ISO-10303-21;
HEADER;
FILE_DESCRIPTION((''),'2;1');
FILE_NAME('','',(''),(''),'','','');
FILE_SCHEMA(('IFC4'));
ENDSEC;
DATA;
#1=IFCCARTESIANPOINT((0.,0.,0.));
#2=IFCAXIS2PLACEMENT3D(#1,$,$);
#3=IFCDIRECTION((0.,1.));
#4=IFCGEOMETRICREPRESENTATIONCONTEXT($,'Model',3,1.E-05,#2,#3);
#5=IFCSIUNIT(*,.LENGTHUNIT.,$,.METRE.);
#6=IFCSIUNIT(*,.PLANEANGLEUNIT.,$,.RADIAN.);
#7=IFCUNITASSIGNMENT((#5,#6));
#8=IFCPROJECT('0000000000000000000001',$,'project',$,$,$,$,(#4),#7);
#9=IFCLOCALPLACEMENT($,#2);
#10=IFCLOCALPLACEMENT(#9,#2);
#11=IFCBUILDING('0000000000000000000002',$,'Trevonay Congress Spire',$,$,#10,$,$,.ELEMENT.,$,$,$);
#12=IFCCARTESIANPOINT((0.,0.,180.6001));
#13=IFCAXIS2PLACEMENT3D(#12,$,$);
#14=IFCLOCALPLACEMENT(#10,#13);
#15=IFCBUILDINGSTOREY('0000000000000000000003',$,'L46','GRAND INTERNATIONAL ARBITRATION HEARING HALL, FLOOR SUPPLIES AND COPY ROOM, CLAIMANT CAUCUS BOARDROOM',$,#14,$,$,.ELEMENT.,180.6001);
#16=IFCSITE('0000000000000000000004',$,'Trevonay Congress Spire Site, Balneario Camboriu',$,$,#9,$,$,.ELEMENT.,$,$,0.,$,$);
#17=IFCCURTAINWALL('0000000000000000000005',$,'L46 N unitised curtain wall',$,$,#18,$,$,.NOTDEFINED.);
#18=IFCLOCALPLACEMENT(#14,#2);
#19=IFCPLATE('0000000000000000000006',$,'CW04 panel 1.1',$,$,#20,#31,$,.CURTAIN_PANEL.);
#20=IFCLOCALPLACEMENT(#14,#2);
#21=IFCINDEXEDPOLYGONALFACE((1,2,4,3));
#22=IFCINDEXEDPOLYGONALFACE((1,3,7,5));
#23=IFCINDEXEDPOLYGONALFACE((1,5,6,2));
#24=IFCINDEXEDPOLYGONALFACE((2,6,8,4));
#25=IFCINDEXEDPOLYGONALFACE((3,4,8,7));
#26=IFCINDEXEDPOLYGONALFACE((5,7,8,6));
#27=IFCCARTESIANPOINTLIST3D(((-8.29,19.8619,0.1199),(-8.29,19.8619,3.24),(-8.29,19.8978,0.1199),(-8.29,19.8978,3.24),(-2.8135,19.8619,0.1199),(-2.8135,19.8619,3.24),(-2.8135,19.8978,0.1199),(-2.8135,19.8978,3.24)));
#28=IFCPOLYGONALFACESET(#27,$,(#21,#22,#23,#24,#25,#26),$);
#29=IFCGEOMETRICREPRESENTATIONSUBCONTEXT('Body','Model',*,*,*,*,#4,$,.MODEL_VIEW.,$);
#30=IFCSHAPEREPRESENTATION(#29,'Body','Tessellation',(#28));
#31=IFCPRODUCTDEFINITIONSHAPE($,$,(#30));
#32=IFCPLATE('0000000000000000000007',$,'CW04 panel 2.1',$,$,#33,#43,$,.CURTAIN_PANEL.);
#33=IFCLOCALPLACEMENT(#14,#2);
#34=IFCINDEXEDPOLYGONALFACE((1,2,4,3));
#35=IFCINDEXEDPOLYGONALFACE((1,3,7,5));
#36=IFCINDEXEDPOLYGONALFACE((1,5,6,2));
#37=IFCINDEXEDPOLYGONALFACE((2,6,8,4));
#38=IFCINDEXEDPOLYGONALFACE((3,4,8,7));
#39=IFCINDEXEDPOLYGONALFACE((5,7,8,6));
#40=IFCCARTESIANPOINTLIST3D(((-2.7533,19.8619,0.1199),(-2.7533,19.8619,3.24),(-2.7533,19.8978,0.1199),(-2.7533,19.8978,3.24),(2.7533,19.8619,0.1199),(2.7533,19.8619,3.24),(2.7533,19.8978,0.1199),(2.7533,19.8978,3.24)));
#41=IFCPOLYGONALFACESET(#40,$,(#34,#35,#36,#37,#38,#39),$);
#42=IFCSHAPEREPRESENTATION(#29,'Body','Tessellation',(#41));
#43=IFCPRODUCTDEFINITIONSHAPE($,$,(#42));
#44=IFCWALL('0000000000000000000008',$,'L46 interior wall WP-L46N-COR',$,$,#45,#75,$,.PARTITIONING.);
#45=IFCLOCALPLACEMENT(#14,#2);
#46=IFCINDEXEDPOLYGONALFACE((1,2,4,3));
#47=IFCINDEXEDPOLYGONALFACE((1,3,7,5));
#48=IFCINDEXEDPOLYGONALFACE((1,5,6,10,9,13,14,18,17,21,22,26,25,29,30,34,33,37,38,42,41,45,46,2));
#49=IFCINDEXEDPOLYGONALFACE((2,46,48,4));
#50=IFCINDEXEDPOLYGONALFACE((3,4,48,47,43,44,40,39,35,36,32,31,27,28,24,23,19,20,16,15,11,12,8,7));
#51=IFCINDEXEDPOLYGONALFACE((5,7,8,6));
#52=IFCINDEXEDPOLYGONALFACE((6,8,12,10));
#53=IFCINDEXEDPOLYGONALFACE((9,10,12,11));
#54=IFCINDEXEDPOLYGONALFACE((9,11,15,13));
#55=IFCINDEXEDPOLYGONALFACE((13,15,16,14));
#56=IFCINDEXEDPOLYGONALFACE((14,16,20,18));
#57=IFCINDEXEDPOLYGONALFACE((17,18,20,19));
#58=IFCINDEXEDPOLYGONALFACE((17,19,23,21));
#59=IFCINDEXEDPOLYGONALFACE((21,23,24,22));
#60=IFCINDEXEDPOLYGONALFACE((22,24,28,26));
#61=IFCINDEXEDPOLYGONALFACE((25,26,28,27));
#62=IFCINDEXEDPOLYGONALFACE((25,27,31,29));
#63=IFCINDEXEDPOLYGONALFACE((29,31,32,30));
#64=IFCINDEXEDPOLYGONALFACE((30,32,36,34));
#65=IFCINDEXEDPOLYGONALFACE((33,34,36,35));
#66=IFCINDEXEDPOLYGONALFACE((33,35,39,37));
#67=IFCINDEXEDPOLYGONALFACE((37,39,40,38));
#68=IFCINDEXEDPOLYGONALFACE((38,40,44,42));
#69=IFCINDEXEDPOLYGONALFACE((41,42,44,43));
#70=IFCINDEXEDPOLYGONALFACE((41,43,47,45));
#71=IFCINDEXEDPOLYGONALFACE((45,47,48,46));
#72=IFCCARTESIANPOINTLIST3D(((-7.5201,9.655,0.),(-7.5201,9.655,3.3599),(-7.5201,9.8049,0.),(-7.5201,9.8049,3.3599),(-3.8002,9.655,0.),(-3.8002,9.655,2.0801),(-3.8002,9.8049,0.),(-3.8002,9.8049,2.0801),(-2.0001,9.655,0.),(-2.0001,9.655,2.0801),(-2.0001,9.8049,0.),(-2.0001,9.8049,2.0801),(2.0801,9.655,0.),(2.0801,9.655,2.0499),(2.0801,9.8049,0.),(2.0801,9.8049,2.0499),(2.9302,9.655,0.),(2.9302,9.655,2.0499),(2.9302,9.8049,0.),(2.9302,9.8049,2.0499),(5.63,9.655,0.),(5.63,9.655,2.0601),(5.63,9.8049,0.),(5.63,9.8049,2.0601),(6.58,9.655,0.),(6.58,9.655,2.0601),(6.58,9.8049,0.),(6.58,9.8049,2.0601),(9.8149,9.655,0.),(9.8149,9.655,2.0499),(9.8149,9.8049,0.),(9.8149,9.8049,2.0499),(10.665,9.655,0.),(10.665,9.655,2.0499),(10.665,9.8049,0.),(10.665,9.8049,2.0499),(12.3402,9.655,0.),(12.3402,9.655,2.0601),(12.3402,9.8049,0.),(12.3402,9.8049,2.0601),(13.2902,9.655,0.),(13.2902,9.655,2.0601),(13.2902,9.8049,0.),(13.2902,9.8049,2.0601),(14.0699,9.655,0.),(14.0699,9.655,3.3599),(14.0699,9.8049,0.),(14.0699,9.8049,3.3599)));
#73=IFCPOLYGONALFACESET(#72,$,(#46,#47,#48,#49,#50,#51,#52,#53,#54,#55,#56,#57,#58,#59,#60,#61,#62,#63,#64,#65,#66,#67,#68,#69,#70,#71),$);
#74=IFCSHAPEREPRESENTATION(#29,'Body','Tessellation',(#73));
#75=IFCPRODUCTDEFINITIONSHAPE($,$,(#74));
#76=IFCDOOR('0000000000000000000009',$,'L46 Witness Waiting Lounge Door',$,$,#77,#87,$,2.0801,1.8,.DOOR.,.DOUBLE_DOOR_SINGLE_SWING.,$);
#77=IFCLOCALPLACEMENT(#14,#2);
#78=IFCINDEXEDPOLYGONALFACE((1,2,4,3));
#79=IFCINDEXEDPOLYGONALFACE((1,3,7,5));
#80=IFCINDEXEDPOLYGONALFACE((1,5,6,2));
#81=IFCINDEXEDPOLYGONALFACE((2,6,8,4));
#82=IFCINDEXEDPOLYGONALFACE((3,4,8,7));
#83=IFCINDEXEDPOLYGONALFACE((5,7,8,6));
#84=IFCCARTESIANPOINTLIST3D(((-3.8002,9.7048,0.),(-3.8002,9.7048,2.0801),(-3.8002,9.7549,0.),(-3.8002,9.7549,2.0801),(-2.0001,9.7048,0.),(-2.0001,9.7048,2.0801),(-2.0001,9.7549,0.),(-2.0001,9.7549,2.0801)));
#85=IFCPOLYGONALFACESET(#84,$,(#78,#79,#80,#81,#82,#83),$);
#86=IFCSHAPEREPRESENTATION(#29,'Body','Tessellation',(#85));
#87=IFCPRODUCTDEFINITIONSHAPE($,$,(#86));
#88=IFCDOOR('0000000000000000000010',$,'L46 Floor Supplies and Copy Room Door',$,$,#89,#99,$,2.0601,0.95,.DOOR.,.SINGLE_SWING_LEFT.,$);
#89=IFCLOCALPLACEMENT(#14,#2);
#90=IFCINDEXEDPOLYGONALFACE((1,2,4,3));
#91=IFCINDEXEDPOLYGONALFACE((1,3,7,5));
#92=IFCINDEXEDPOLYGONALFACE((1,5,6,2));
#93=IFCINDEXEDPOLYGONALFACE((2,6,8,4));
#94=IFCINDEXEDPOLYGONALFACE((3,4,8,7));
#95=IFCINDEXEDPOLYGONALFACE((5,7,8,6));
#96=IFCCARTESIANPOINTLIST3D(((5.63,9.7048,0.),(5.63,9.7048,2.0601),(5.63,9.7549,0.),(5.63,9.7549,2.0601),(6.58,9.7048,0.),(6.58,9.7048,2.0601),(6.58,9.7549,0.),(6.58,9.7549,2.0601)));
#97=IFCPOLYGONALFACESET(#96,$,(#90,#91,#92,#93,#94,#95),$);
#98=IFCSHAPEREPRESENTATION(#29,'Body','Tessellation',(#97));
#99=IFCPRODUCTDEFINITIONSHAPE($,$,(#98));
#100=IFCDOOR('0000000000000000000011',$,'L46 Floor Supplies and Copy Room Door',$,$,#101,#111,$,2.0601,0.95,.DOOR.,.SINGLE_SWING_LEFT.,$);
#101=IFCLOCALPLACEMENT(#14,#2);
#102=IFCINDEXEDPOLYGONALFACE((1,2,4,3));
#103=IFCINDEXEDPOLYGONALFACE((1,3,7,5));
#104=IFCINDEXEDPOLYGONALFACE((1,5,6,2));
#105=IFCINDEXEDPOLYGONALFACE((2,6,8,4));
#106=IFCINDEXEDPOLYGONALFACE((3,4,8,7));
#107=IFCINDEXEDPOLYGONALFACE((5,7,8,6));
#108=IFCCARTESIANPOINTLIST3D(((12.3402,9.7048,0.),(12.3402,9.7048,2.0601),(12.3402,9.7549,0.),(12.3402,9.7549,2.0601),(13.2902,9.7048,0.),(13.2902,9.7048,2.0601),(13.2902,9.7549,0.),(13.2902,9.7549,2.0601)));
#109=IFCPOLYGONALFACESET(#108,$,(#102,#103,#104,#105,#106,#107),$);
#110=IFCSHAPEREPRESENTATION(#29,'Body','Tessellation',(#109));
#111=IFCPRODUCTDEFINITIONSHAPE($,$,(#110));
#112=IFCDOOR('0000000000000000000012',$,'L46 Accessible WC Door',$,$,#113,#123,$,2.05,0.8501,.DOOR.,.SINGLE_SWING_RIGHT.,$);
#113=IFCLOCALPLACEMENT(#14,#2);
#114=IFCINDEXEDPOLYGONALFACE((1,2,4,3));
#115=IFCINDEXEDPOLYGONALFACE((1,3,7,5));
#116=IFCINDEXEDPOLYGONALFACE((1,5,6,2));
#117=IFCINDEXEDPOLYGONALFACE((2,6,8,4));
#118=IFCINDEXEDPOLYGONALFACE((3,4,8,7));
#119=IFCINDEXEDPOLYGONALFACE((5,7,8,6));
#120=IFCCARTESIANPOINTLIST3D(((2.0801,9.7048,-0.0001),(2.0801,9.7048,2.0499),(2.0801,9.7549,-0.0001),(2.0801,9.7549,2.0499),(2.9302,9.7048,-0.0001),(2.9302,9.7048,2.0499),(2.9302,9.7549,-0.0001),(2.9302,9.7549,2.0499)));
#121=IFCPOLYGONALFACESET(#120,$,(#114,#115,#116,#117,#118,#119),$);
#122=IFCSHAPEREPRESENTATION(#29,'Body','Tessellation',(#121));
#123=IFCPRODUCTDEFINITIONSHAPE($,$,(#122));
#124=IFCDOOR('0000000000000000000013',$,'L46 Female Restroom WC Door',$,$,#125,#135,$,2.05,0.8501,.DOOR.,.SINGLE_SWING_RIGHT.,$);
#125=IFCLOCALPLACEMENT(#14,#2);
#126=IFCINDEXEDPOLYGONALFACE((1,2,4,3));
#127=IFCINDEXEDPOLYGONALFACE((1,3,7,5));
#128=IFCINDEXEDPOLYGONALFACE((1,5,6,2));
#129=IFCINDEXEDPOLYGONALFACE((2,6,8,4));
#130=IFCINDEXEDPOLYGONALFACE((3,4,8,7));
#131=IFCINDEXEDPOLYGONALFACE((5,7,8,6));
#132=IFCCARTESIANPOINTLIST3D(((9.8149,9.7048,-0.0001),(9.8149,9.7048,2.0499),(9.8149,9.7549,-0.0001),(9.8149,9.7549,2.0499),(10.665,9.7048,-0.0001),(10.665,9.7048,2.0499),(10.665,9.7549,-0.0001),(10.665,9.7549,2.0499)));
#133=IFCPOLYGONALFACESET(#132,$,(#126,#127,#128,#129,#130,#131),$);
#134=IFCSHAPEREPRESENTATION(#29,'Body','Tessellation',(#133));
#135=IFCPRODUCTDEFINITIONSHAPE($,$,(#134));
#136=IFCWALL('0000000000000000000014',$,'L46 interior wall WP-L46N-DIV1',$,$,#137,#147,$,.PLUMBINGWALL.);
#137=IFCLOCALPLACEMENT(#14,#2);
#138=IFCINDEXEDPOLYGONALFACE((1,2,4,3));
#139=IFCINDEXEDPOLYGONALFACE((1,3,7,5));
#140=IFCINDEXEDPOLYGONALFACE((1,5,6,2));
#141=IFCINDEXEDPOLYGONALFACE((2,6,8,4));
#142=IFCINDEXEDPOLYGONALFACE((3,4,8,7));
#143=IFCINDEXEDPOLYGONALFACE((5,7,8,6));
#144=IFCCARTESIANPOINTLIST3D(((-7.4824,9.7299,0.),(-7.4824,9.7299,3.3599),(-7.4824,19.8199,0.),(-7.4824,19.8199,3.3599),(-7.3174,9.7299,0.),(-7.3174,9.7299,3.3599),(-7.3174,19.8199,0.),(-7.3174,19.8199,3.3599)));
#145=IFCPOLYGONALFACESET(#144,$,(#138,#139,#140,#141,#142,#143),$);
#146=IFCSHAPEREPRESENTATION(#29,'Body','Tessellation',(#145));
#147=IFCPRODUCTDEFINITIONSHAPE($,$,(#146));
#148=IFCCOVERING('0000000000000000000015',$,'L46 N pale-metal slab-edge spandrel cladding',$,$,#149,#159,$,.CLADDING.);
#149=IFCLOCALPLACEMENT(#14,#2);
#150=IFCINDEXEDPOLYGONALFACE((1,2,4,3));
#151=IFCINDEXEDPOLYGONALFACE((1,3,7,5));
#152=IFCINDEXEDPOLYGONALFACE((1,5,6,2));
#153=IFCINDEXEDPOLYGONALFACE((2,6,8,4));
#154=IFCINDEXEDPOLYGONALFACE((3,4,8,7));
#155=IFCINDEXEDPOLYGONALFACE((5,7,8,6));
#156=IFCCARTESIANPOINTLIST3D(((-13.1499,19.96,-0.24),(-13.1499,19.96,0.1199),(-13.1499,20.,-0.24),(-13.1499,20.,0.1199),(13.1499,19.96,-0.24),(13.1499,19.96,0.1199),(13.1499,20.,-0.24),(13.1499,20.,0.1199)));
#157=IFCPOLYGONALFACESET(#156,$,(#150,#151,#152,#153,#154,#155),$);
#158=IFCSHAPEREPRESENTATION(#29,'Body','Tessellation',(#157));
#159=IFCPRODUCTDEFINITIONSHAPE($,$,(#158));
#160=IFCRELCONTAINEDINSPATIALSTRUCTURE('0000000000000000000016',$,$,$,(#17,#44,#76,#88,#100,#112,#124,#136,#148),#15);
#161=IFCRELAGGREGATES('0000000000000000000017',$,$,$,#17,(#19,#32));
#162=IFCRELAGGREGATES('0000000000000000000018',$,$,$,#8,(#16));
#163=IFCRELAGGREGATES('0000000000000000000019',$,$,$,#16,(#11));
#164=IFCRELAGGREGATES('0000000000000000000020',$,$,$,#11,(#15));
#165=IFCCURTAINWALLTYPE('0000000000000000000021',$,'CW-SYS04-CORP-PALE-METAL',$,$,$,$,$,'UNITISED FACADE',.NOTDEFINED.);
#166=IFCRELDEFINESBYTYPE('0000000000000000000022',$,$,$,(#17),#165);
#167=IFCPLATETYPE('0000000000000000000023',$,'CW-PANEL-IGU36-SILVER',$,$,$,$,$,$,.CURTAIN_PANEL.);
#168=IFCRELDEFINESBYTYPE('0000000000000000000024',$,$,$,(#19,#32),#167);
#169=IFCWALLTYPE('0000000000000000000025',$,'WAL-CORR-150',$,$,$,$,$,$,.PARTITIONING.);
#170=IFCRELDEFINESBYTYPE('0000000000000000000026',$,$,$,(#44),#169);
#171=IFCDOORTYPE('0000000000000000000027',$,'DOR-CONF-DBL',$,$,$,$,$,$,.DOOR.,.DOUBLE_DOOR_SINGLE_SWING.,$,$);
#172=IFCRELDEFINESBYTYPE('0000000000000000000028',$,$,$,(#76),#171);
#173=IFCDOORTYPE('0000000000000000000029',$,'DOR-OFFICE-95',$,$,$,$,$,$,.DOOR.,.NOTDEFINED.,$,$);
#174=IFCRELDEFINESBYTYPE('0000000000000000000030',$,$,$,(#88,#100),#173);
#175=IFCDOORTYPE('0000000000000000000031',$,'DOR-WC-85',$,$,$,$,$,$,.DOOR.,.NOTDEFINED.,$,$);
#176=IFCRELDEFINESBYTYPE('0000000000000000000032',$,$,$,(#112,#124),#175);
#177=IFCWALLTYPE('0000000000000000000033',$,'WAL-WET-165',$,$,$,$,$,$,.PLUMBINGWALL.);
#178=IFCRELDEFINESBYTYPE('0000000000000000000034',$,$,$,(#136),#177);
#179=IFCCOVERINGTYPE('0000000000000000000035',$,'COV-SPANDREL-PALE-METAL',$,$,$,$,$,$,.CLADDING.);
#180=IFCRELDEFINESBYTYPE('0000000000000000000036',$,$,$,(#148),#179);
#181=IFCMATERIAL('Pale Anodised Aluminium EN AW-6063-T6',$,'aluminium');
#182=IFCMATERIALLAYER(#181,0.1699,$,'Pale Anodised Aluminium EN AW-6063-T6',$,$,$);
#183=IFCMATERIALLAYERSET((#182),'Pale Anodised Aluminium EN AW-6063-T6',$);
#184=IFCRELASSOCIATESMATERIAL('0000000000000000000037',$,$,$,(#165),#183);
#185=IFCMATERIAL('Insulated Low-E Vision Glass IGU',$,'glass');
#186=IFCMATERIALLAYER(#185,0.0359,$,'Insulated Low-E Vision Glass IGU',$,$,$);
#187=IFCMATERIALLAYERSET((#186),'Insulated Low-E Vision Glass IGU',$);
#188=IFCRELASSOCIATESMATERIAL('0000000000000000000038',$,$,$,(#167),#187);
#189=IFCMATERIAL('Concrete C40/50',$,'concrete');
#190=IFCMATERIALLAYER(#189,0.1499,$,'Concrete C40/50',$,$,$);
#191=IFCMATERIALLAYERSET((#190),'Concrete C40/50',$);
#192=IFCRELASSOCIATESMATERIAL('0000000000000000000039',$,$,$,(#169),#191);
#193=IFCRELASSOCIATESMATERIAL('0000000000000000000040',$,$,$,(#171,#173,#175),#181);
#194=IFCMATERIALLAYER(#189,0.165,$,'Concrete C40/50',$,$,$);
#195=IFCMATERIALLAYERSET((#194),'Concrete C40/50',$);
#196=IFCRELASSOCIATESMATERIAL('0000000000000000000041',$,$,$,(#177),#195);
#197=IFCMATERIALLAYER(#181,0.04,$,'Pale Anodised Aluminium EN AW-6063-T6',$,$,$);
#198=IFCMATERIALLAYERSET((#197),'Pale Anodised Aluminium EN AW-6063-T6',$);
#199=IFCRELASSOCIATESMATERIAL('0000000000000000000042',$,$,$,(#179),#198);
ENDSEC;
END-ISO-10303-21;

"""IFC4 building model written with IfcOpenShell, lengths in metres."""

from ifc_helpers import new_model, si_unit, direction, frame, frame_2d, origin, origin_2d, place, context, subcontext, project, spatial, rectangle, extrude, material, layer, layer_set, type_object, element, fill, aggregate, save


model = new_model("IFC4")

# Units and contexts
model_context = context("Model", 3, precision=1e-05, world=origin(), true_north=direction((0.0, 1.0)))
body_context = subcontext(model_context, "Body", "Model", "MODEL_VIEW")
ifc_project = project(units=[si_unit("LENGTHUNIT", "METRE"), si_unit("PLANEANGLEUNIT", "RADIAN")], contexts=[model_context])

# Site, building, storey
site_placement = place(None, origin())
site = spatial("IfcSite", under=ifc_project, at=site_placement, Name="Trevonay Congress Spire Site, Balneario Camboriu", CompositionType="ELEMENT", RefElevation=0.0)
building_placement = place(site_placement, origin())
building = spatial("IfcBuilding", under=site, at=building_placement, Name="Trevonay Congress Spire", CompositionType="ELEMENT")
storey_placement = place(building_placement, frame((0.0, 0.0, 180.6001)))
storey = spatial("IfcBuildingStorey", under=building, at=storey_placement, Name="L46", Description="GRAND INTERNATIONAL ARBITRATION HEARING HALL, FLOOR SUPPLIES AND COPY ROOM, CLAIMANT CAUCUS BOARDROOM", CompositionType="ELEMENT", Elevation=180.6001)

# Curtain wall
ifc_material_1 = material(Name="Pale Anodised Aluminium EN AW-6063-T6", Category="aluminium")
ifc_layer_1 = layer(ifc_material_1, 0.1699, Name="Pale Anodised Aluminium EN AW-6063-T6")
ifc_layer_set_1 = layer_set([ifc_layer_1], Name="Pale Anodised Aluminium EN AW-6063-T6")
curtain_wall_type = type_object("IfcCurtainWallType", Name="CW-SYS04-CORP-PALE-METAL", ElementType="UNITISED FACADE", PredefinedType="NOTDEFINED", material=ifc_layer_set_1)
curtain_wall_placement = place(storey_placement, origin())
curtain_wall = element("IfcCurtainWall", 1, at=curtain_wall_placement, inside=storey, type_object=curtain_wall_type, Name="L46 N unitised curtain wall", PredefinedType="NOTDEFINED")

# Plates
ifc_material_2 = material(Name="Insulated Low-E Vision Glass IGU", Category="glass")
ifc_layer_2 = layer(ifc_material_2, 0.0359, Name="Insulated Low-E Vision Glass IGU")
ifc_layer_set_2 = layer_set([ifc_layer_2], Name="Insulated Low-E Vision Glass IGU")
plate_type = type_object("IfcPlateType", Name="CW-PANEL-IGU36-SILVER", PredefinedType="CURTAIN_PANEL", material=ifc_layer_set_2)
plate_1_placement = place(storey_placement, frame((-5.5518, 19.8799, 0.1199), z_axis=(0.0, 0.0, 1.0), x_axis=(1.0, 0.0, 0.0)))
plate_1 = element("IfcPlate", 2, at=plate_1_placement, type_object=plate_type, Name="CW04 panel 1.1", PredefinedType="CURTAIN_PANEL", context=body_context, shape_type="SweptSolid", body=[
    extrude(rectangle(XDim=5.4766, YDim=0.0359, at=origin_2d()), origin(), (0.0, 0.0, 1.0), 3.1201),
])
plate_2_placement = place(storey_placement, frame((0.0, 19.8799, 0.1199), z_axis=(0.0, 0.0, 1.0), x_axis=(1.0, 0.0, 0.0)))
plate_2 = element("IfcPlate", 3, at=plate_2_placement, type_object=plate_type, Name="CW04 panel 2.1", PredefinedType="CURTAIN_PANEL", context=body_context, shape_type="SweptSolid", body=[
    extrude(rectangle(XDim=5.5066, YDim=0.0359, at=origin_2d()), origin(), (0.0, 0.0, 1.0), 3.1201),
])
aggregate(curtain_wall, [plate_1, plate_2])

# Wall, openings, doors
ifc_material_3 = material(Name="Concrete C40/50", Category="concrete")
ifc_layer_3 = layer(ifc_material_3, 0.1499, Name="Concrete C40/50")
ifc_layer_set_3 = layer_set([ifc_layer_3], Name="Concrete C40/50")
wall_type_1 = type_object("IfcWallType", Name="WAL-CORR-150", PredefinedType="PARTITIONING", material=ifc_layer_set_3)
wall_1_placement = place(storey_placement, frame((-7.52, 9.73, 0.0), z_axis=(0.0, 0.0, 1.0), x_axis=(1.0, 0.0, 0.0)))
wall_1 = element("IfcWall", 4, at=wall_1_placement, inside=storey, type_object=wall_type_1, Name="L46 interior wall WP-L46N-COR", PredefinedType="PARTITIONING", context=body_context, shape_type="SweptSolid", body=[
    extrude(rectangle(XDim=21.5901, YDim=0.1499, at=frame_2d((10.7949, 0.0))), origin(), (0.0, 0.0, 1.0), 3.3599),
])
opening_1_placement = place(wall_1_placement, frame((3.72, 0.0, 0.0)))
opening_1 = element("IfcOpeningElement", 5, at=opening_1_placement, cuts=wall_1, PredefinedType="OPENING", context=body_context, shape_type="SweptSolid", body=[
    extrude(rectangle(XDim=1.8, YDim=2.0801, at=frame_2d((0.8999, 1.04))), frame((0.0, 0.085, 0.0), z_axis=(0.0, -1.0, 0.0), x_axis=(1.0, 0.0, 0.0)), (0.0, 0.0, 1.0), 0.1699),
])
opening_2_placement = place(wall_1_placement, frame((9.6001, 0.0, 0.0)))
opening_2 = element("IfcOpeningElement", 6, at=opening_2_placement, cuts=wall_1, PredefinedType="OPENING", context=body_context, shape_type="SweptSolid", body=[
    extrude(rectangle(XDim=0.8501, YDim=2.05, at=frame_2d((0.425, 1.0249))), frame((0.0, 0.085, 0.0), z_axis=(0.0, -1.0, 0.0), x_axis=(1.0, 0.0, 0.0)), (0.0, 0.0, 1.0), 0.1699),
])
opening_3_placement = place(wall_1_placement, frame((13.1499, 0.0, 0.0)))
opening_3 = element("IfcOpeningElement", 7, at=opening_3_placement, cuts=wall_1, PredefinedType="OPENING", context=body_context, shape_type="SweptSolid", body=[
    extrude(rectangle(XDim=0.95, YDim=2.0601, at=frame_2d((0.4751, 1.03))), frame((0.0, 0.085, 0.0), z_axis=(0.0, -1.0, 0.0), x_axis=(1.0, 0.0, 0.0)), (0.0, 0.0, 1.0), 0.1699),
])
opening_4_placement = place(wall_1_placement, frame((17.335, 0.0, 0.0)))
opening_4 = element("IfcOpeningElement", 8, at=opening_4_placement, cuts=wall_1, PredefinedType="OPENING", context=body_context, shape_type="SweptSolid", body=[
    extrude(rectangle(XDim=0.8501, YDim=2.05, at=frame_2d((0.425, 1.0249))), frame((0.0, 0.085, 0.0), z_axis=(0.0, -1.0, 0.0), x_axis=(1.0, 0.0, 0.0)), (0.0, 0.0, 1.0), 0.1699),
])
opening_5_placement = place(wall_1_placement, frame((19.8601, 0.0, 0.0)))
opening_5 = element("IfcOpeningElement", 9, at=opening_5_placement, cuts=wall_1, PredefinedType="OPENING", context=body_context, shape_type="SweptSolid", body=[
    extrude(rectangle(XDim=0.95, YDim=2.0601, at=frame_2d((0.4751, 1.03))), frame((0.0, 0.085, 0.0), z_axis=(0.0, -1.0, 0.0), x_axis=(1.0, 0.0, 0.0)), (0.0, 0.0, 1.0), 0.1699),
])
door_type_1 = type_object("IfcDoorType", Name="DOR-CONF-DBL", OperationType="DOUBLE_DOOR_SINGLE_SWING", PredefinedType="DOOR", material=ifc_material_1)
door_1_placement = place(opening_1_placement, origin())
door_1 = element("IfcDoor", 10, at=door_1_placement, inside=storey, type_object=door_type_1, Name="L46 Witness Waiting Lounge Door", OperationType="DOUBLE_DOOR_SINGLE_SWING", OverallHeight=2.0801, OverallWidth=1.8, PredefinedType="DOOR", context=body_context, shape_type="SweptSolid", body=[
    extrude(rectangle(XDim=1.8, YDim=2.0801, at=frame_2d((0.8999, 1.04))), frame((0.0, 0.0249, 0.0), z_axis=(0.0, -1.0, 0.0), x_axis=(1.0, 0.0, 0.0)), (0.0, 0.0, 1.0), 0.05),
])
fill(opening_1, door_1)
door_type_2 = type_object("IfcDoorType", Name="DOR-OFFICE-95", OperationType="NOTDEFINED", PredefinedType="DOOR", material=ifc_material_1)
door_2_placement = place(opening_3_placement, origin())
door_2 = element("IfcDoor", 11, at=door_2_placement, inside=storey, type_object=door_type_2, Name="L46 Floor Supplies and Copy Room Door", OperationType="SINGLE_SWING_LEFT", OverallHeight=2.0601, OverallWidth=0.95, PredefinedType="DOOR", context=body_context, shape_type="SweptSolid", body=[
    extrude(rectangle(XDim=0.95, YDim=2.0601, at=frame_2d((0.4751, 1.03))), frame((0.0, 0.0249, 0.0), z_axis=(0.0, -1.0, 0.0), x_axis=(1.0, 0.0, 0.0)), (0.0, 0.0, 1.0), 0.05),
])
fill(opening_3, door_2)
door_3_placement = place(opening_5_placement, origin())
door_3 = element("IfcDoor", 12, at=door_3_placement, inside=storey, type_object=door_type_2, Name="L46 Floor Supplies and Copy Room Door", OperationType="SINGLE_SWING_LEFT", OverallHeight=2.0601, OverallWidth=0.95, PredefinedType="DOOR", context=body_context, shape_type="SweptSolid", body=[
    extrude(rectangle(XDim=0.95, YDim=2.0601, at=frame_2d((0.4751, 1.03))), frame((0.0, 0.0249, 0.0), z_axis=(0.0, -1.0, 0.0), x_axis=(1.0, 0.0, 0.0)), (0.0, 0.0, 1.0), 0.05),
])
fill(opening_5, door_3)
door_type_3 = type_object("IfcDoorType", Name="DOR-WC-85", OperationType="NOTDEFINED", PredefinedType="DOOR", material=ifc_material_1)
door_4_placement = place(opening_2_placement, origin())
door_4 = element("IfcDoor", 13, at=door_4_placement, inside=storey, type_object=door_type_3, Name="L46 Accessible WC Door", OperationType="SINGLE_SWING_RIGHT", OverallHeight=2.05, OverallWidth=0.8501, PredefinedType="DOOR", context=body_context, shape_type="SweptSolid", body=[
    extrude(rectangle(XDim=0.8501, YDim=2.05, at=frame_2d((0.425, 1.0249))), frame((0.0, 0.0249, 0.0), z_axis=(0.0, -1.0, 0.0), x_axis=(1.0, 0.0, 0.0)), (0.0, 0.0, 1.0), 0.05),
])
fill(opening_2, door_4)
door_5_placement = place(opening_4_placement, origin())
door_5 = element("IfcDoor", 14, at=door_5_placement, inside=storey, type_object=door_type_3, Name="L46 Female Restroom WC Door", OperationType="SINGLE_SWING_RIGHT", OverallHeight=2.05, OverallWidth=0.8501, PredefinedType="DOOR", context=body_context, shape_type="SweptSolid", body=[
    extrude(rectangle(XDim=0.8501, YDim=2.05, at=frame_2d((0.425, 1.0249))), frame((0.0, 0.0249, 0.0), z_axis=(0.0, -1.0, 0.0), x_axis=(1.0, 0.0, 0.0)), (0.0, 0.0, 1.0), 0.05),
])
fill(opening_4, door_5)

# Wall
ifc_layer_4 = layer(ifc_material_3, 0.165, Name="Concrete C40/50")
ifc_layer_set_4 = layer_set([ifc_layer_4], Name="Concrete C40/50")
wall_type_2 = type_object("IfcWallType", Name="WAL-WET-165", PredefinedType="PLUMBINGWALL", material=ifc_layer_set_4)
wall_2_placement = place(storey_placement, frame((-7.3999, 9.73, 0.0), z_axis=(0.0, 0.0, 1.0), x_axis=(0.0, 1.0, 0.0)))
element("IfcWall", 15, at=wall_2_placement, inside=storey, type_object=wall_type_2, Name="L46 interior wall WP-L46N-DIV1", PredefinedType="PLUMBINGWALL", context=body_context, shape_type="SweptSolid", body=[
    extrude(rectangle(XDim=10.0901, YDim=0.165, at=frame_2d((5.0449, 0.0))), origin(), (0.0, 0.0, 1.0), 3.3599),
])

# Covering
ifc_layer_5 = layer(ifc_material_1, 0.04, Name="Pale Anodised Aluminium EN AW-6063-T6")
ifc_layer_set_5 = layer_set([ifc_layer_5], Name="Pale Anodised Aluminium EN AW-6063-T6")
covering_type = type_object("IfcCoveringType", Name="COV-SPANDREL-PALE-METAL", PredefinedType="CLADDING", material=ifc_layer_set_5)
covering_placement = place(storey_placement, frame((-13.1499, 19.98, -0.24), z_axis=(0.0, 0.0, 1.0), x_axis=(1.0, 0.0, 0.0)))
element("IfcCovering", 16, at=covering_placement, inside=storey, type_object=covering_type, Name="L46 N pale-metal slab-edge spandrel cladding", PredefinedType="CLADDING", context=body_context, shape_type="SweptSolid", body=[
    extrude(rectangle(XDim=26.2998, YDim=0.04, at=frame_2d((13.1499, 0.0))), origin(), (0.0, 0.0, 1.0), 0.3599),
])

save(model, "model.ifc")
